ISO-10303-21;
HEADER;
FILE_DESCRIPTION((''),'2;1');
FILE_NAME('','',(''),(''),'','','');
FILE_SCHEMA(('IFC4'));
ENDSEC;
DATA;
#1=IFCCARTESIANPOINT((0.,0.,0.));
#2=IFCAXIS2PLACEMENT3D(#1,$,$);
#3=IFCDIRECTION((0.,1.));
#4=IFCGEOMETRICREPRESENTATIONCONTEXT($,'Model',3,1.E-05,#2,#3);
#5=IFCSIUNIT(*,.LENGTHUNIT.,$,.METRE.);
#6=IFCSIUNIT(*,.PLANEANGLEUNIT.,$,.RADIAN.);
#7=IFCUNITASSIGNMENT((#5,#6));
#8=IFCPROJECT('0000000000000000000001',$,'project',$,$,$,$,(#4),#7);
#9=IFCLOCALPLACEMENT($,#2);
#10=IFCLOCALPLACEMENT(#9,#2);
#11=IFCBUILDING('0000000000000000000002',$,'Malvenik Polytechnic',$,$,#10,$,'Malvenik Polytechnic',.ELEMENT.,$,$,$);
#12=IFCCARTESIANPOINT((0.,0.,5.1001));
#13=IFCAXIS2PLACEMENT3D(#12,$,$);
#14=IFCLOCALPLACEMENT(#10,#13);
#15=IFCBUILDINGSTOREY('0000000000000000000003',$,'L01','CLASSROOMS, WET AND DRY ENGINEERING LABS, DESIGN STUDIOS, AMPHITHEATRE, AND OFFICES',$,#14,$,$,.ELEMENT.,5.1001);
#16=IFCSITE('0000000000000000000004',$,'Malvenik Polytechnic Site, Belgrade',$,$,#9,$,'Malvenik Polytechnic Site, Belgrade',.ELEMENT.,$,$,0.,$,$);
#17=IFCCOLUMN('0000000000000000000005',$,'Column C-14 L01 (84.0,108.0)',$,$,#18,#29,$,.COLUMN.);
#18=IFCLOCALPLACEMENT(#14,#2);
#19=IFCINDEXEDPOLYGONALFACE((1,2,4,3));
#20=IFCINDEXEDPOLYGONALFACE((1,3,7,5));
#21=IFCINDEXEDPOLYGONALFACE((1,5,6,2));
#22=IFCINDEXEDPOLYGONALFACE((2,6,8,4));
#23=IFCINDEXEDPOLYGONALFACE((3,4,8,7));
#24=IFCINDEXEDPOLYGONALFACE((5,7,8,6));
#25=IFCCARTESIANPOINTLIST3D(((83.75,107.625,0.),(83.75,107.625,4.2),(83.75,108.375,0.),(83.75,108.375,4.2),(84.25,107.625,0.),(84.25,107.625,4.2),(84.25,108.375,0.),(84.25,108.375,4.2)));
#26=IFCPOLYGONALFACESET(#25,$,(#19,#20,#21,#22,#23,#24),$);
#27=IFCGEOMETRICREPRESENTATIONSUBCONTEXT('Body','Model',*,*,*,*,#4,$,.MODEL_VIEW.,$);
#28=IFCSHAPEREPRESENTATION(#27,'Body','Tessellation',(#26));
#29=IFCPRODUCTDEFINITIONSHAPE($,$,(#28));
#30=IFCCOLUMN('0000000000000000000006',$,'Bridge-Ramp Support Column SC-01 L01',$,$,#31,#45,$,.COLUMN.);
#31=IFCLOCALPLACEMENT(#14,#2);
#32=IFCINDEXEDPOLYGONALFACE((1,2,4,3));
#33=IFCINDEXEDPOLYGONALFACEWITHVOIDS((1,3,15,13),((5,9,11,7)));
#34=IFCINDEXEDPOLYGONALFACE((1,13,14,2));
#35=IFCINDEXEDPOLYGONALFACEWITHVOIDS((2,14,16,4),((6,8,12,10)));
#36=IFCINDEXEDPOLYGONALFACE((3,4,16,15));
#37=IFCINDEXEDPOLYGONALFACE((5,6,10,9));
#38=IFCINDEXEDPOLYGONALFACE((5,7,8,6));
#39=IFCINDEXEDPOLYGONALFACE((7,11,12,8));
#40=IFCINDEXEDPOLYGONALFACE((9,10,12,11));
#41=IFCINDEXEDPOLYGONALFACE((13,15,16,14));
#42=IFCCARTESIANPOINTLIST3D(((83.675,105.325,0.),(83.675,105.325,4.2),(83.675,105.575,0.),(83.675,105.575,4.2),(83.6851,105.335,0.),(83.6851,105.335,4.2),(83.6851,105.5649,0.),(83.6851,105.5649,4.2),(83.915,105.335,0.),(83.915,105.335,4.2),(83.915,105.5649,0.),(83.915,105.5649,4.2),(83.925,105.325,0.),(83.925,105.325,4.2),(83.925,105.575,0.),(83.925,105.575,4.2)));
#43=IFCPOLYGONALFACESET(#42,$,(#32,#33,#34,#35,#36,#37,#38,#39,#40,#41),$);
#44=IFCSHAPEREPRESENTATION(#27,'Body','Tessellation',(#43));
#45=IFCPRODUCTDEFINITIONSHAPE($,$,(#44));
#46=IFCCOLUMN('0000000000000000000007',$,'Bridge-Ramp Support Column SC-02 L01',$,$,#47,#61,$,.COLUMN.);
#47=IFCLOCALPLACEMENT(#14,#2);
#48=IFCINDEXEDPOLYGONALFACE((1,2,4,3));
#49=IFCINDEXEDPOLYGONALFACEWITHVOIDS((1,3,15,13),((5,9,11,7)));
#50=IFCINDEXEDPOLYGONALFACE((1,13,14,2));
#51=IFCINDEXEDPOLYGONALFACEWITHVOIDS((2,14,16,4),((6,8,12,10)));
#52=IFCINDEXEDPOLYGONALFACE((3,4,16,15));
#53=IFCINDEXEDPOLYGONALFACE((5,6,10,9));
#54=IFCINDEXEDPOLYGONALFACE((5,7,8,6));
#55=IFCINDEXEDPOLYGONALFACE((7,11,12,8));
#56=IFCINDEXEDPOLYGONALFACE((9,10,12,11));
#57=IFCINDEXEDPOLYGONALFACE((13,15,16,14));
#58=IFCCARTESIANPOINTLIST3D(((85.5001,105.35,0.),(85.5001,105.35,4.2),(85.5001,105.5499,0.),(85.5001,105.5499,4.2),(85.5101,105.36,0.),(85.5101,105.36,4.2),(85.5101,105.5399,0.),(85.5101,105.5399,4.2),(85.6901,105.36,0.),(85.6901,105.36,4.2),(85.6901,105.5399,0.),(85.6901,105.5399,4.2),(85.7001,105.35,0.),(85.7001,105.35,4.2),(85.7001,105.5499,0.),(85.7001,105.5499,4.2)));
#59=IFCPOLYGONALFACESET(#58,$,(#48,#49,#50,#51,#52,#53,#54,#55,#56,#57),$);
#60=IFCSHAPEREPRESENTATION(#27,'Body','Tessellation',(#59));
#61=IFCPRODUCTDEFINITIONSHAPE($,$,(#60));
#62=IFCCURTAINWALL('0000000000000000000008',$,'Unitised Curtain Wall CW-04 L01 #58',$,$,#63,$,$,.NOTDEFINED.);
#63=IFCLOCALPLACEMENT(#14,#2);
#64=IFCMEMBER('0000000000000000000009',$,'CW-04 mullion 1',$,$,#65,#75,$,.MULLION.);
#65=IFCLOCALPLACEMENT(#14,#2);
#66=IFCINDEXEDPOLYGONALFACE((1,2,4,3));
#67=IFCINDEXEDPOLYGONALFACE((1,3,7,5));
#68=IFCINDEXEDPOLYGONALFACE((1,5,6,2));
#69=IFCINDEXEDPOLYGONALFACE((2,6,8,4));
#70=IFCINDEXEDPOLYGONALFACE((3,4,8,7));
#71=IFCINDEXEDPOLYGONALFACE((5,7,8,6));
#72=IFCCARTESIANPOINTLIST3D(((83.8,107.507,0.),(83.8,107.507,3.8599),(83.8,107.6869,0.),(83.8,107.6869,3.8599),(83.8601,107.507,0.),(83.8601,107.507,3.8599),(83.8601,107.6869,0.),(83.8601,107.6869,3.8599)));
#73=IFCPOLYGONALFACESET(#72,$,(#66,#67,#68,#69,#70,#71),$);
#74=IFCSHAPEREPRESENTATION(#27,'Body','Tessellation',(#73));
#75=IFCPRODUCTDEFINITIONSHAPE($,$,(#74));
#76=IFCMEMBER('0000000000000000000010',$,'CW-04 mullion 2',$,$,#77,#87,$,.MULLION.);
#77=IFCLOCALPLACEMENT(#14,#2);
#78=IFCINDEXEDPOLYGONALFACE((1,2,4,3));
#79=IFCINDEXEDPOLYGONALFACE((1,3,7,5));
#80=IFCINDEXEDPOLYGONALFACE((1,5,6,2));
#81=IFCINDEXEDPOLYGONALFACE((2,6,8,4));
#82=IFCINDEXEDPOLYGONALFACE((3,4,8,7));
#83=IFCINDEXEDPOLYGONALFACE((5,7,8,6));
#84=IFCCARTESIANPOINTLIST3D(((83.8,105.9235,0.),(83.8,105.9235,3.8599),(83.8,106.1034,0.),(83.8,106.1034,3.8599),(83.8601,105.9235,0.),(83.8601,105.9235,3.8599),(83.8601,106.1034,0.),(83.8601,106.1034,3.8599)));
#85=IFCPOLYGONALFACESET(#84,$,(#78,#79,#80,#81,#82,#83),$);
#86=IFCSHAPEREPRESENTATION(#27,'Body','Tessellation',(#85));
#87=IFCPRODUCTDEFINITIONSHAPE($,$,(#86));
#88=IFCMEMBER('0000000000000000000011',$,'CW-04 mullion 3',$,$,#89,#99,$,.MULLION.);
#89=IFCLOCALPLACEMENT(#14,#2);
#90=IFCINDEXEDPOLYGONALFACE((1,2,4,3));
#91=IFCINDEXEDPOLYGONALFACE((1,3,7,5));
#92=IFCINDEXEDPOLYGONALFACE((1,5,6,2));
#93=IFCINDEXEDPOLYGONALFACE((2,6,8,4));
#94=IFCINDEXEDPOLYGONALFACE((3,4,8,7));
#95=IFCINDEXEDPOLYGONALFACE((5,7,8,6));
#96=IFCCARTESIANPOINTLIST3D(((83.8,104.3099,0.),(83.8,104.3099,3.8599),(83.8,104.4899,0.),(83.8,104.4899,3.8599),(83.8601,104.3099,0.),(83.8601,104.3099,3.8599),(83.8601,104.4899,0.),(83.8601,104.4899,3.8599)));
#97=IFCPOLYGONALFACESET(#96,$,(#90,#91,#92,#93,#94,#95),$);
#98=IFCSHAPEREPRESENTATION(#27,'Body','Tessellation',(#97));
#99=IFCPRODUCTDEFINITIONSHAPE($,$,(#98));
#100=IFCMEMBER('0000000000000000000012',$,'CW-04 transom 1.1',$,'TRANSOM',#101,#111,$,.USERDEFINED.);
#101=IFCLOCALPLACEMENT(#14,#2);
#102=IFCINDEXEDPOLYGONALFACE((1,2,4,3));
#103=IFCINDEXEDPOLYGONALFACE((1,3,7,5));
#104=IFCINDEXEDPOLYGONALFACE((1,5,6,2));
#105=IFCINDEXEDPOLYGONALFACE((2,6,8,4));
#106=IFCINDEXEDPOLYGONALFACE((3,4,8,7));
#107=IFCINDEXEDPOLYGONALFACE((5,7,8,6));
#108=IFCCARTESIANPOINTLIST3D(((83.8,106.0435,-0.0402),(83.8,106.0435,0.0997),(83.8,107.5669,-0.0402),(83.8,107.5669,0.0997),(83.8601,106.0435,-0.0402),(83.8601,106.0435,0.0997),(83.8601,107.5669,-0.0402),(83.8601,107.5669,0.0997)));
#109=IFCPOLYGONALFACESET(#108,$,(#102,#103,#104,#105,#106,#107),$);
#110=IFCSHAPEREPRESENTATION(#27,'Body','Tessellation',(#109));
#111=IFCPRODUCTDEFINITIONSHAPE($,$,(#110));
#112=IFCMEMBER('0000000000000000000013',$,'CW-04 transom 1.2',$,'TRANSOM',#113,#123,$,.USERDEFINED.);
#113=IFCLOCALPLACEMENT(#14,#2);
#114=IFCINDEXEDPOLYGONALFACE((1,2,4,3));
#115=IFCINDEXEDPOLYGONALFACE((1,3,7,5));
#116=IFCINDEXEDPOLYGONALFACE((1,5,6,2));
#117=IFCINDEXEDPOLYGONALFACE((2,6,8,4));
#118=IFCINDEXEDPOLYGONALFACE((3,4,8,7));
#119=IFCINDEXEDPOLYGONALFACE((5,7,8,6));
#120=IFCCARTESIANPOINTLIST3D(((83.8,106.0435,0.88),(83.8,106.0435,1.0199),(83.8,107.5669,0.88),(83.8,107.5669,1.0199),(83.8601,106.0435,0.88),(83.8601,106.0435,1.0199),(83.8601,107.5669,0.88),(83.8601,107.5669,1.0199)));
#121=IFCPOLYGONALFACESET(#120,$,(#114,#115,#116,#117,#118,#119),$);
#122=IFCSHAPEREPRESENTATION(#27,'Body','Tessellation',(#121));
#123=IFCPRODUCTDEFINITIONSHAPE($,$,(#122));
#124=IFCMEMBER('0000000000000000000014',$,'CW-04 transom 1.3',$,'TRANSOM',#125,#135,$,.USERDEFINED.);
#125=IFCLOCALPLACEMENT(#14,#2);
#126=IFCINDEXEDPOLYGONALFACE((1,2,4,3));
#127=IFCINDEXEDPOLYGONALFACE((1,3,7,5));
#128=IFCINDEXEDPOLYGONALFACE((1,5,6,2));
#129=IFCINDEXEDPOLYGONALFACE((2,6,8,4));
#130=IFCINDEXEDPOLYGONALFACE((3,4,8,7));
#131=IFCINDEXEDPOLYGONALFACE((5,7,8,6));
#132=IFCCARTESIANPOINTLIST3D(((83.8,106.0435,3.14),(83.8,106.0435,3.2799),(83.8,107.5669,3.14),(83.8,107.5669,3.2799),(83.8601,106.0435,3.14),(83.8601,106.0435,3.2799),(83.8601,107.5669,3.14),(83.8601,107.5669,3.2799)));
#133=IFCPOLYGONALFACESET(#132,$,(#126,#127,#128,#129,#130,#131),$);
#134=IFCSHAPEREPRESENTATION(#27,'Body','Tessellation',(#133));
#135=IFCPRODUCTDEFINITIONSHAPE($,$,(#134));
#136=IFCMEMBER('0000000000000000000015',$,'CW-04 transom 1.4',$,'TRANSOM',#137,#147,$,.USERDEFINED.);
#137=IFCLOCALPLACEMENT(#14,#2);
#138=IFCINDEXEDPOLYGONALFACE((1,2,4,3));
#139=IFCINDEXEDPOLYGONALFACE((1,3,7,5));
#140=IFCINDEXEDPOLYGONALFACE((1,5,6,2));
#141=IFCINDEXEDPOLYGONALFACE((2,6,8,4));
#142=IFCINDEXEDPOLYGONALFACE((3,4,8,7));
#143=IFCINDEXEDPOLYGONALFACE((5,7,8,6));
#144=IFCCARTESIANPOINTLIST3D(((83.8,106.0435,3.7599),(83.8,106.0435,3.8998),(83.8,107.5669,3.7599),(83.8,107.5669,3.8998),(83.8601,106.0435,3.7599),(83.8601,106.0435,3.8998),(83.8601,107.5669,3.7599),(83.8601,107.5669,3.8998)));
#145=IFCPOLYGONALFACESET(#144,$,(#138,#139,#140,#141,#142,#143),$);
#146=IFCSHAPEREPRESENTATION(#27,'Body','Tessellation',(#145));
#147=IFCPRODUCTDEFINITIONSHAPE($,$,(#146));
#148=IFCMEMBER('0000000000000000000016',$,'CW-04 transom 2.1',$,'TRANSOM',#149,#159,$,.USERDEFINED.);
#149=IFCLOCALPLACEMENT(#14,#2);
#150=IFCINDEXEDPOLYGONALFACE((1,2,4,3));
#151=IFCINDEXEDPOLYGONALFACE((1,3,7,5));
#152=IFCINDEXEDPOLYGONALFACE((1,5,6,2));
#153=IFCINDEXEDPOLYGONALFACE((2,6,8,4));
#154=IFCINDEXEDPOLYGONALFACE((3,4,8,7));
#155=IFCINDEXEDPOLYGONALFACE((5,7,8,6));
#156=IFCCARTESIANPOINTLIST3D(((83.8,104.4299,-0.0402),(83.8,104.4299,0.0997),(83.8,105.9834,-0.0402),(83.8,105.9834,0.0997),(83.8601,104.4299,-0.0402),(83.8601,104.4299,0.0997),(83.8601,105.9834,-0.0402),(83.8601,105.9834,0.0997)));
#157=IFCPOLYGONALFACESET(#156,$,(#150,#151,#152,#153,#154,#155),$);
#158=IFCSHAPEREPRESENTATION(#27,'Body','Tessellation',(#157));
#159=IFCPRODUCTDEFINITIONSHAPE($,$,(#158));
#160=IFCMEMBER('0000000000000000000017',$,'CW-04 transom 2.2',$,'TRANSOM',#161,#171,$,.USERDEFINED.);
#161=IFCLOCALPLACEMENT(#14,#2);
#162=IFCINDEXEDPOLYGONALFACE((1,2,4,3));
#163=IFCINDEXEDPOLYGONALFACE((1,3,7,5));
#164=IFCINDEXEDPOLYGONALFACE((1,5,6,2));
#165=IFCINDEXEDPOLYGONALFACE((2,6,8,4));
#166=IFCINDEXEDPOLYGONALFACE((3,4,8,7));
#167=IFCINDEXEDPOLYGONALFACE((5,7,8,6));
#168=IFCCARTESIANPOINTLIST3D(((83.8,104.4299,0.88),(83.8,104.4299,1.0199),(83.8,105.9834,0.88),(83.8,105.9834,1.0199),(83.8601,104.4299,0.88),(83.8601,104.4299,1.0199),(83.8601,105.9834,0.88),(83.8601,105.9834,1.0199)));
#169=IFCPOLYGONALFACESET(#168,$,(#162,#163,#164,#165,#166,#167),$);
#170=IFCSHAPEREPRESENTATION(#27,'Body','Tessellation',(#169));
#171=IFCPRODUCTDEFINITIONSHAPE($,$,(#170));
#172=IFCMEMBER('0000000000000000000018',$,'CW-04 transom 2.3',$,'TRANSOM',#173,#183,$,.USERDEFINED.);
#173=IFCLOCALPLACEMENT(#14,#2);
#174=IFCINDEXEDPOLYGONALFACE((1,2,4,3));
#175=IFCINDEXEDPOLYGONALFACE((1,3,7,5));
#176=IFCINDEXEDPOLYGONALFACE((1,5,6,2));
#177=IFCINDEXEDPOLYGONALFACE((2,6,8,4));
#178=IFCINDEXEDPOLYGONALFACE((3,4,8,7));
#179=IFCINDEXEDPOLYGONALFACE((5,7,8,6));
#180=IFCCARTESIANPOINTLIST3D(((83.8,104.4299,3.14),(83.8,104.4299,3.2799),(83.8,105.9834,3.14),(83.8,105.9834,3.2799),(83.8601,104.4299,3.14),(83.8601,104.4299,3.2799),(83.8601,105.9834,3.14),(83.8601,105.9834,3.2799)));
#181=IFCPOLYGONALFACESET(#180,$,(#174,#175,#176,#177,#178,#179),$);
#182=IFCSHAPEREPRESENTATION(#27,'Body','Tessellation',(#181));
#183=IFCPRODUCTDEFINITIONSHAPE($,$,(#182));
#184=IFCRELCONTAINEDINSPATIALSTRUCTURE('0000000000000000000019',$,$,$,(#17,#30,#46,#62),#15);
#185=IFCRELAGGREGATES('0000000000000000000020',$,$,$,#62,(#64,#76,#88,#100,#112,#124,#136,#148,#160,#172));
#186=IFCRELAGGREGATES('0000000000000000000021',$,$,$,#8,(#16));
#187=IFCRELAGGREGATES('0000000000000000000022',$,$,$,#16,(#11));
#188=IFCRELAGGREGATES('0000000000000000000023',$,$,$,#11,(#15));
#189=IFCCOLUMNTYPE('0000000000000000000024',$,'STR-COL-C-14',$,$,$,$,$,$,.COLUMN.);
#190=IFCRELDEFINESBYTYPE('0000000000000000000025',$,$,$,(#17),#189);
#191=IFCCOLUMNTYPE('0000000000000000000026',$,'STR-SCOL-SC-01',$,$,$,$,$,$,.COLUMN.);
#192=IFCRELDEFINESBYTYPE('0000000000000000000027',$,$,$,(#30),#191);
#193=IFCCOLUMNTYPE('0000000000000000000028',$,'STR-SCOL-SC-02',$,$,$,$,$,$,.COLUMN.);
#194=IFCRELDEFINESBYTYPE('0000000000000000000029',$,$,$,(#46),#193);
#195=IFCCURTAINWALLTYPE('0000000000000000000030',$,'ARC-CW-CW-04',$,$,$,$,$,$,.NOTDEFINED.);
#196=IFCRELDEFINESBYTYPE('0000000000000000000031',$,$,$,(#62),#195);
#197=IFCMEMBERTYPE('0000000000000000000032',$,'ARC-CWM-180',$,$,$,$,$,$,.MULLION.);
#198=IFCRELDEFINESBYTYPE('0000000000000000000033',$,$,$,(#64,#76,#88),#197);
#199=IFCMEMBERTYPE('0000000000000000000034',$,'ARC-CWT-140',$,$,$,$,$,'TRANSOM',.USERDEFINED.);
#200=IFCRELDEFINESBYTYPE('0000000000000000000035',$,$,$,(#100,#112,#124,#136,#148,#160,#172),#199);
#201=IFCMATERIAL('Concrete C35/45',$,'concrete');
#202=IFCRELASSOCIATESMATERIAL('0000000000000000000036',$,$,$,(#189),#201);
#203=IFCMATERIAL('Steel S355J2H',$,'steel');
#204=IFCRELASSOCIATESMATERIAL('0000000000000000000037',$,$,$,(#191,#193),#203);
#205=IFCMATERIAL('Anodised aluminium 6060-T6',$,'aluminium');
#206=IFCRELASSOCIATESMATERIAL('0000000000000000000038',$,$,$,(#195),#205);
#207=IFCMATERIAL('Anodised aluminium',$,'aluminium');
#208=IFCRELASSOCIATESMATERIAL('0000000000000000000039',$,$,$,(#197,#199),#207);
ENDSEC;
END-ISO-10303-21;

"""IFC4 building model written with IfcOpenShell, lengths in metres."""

from ifc_helpers import new_model, si_unit, direction, frame, origin, origin_2d, place, context, subcontext, project, spatial, rectangle, hollow_rectangle, extrude, material, material_profile, profile_set, type_object, element, aggregate, save


model = new_model("IFC4")

# Units and contexts
model_context = context("Model", 3, precision=1e-05, world=origin(), true_north=direction((0.0, 1.0)))
body_context = subcontext(model_context, "Body", "Model", "MODEL_VIEW")
ifc_project = project(units=[si_unit("LENGTHUNIT", "METRE"), si_unit("PLANEANGLEUNIT", "RADIAN")], contexts=[model_context])

# Site, building, storey
site_placement = place(None, origin())
site = spatial("IfcSite", under=ifc_project, at=site_placement, Name="Malvenik Polytechnic Site, Belgrade", LongName="Malvenik Polytechnic Site, Belgrade", CompositionType="ELEMENT", RefElevation=0.0)
building_placement = place(site_placement, origin())
building = spatial("IfcBuilding", under=site, at=building_placement, Name="Malvenik Polytechnic", LongName="Malvenik Polytechnic", CompositionType="ELEMENT")
storey_placement = place(building_placement, frame((0.0, 0.0, 5.1001)))
storey = spatial("IfcBuildingStorey", under=building, at=storey_placement, Name="L01", Description="CLASSROOMS, WET AND DRY ENGINEERING LABS, DESIGN STUDIOS, AMPHITHEATRE, AND OFFICES", CompositionType="ELEMENT", Elevation=5.1001)

# Columns
ifc_material_1 = material(Name="Concrete C35/45", Category="concrete")
ifc_material_profile_1 = material_profile(ifc_material_1, rectangle(XDim=0.5, YDim=0.75, at=origin_2d()), Name="RC COL 750x500")
ifc_profile_set_1 = profile_set([ifc_material_profile_1], Name="Concrete C35/45")
column_type_1 = type_object("IfcColumnType", Name="STR-COL-C-14", PredefinedType="COLUMN", material=ifc_profile_set_1)
column_1_placement = place(storey_placement, frame((84.0, 108.0, 0.0), z_axis=(0.0, 0.0, 1.0), x_axis=(1.0, 0.0, 0.0)))
element("IfcColumn", 1, at=column_1_placement, inside=storey, type_object=column_type_1, Name="Column C-14 L01 (84.0,108.0)", PredefinedType="COLUMN", context=body_context, shape_type="SweptSolid", body=[
    extrude(rectangle(XDim=0.5, YDim=0.75, at=origin_2d()), origin(), (0.0, 0.0, 1.0), 4.2),
])
ifc_material_2 = material(Name="Steel S355J2H", Category="steel")
ifc_material_profile_2 = material_profile(ifc_material_2, hollow_rectangle(XDim=0.25, YDim=0.25, WallThickness=0.01, at=origin_2d()), Name="SHS 250x250x10.0")
ifc_profile_set_2 = profile_set([ifc_material_profile_2], Name="Steel S355J2H")
column_type_2 = type_object("IfcColumnType", Name="STR-SCOL-SC-01", PredefinedType="COLUMN", material=ifc_profile_set_2)
column_2_placement = place(storey_placement, frame((83.8, 105.45, 0.0), z_axis=(0.0, 0.0, 1.0), x_axis=(1.0, 0.0, 0.0)))
element("IfcColumn", 2, at=column_2_placement, inside=storey, type_object=column_type_2, Name="Bridge-Ramp Support Column SC-01 L01", PredefinedType="COLUMN", context=body_context, shape_type="SweptSolid", body=[
    extrude(hollow_rectangle(XDim=0.25, YDim=0.25, WallThickness=0.01, at=origin_2d()), origin(), (0.0, 0.0, 1.0), 4.2),
])
ifc_material_profile_3 = material_profile(ifc_material_2, hollow_rectangle(XDim=0.2, YDim=0.2, WallThickness=0.01, at=origin_2d()), Name="SHS 200x200x10.0")
ifc_profile_set_3 = profile_set([ifc_material_profile_3], Name="Steel S355J2H")
column_type_3 = type_object("IfcColumnType", Name="STR-SCOL-SC-02", PredefinedType="COLUMN", material=ifc_profile_set_3)
column_3_placement = place(storey_placement, frame((85.6001, 105.45, 0.0), z_axis=(0.0, 0.0, 1.0), x_axis=(1.0, 0.0, 0.0)))
element("IfcColumn", 3, at=column_3_placement, inside=storey, type_object=column_type_3, Name="Bridge-Ramp Support Column SC-02 L01", PredefinedType="COLUMN", context=body_context, shape_type="SweptSolid", body=[
    extrude(hollow_rectangle(XDim=0.2, YDim=0.2, WallThickness=0.01, at=origin_2d()), origin(), (0.0, 0.0, 1.0), 4.2),
])

# Curtain wall, members
ifc_material_3 = material(Name="Anodised aluminium 6060-T6", Category="aluminium")
curtain_wall_type = type_object("IfcCurtainWallType", Name="ARC-CW-CW-04", PredefinedType="NOTDEFINED", material=ifc_material_3)
curtain_wall_placement = place(storey_placement, origin())
curtain_wall = element("IfcCurtainWall", 4, at=curtain_wall_placement, inside=storey, type_object=curtain_wall_type, Name="Unitised Curtain Wall CW-04 L01 #58", PredefinedType="NOTDEFINED")
ifc_material_4 = material(Name="Anodised aluminium", Category="aluminium")
ifc_material_profile_4 = material_profile(ifc_material_4, rectangle(XDim=0.0601, YDim=0.1799, at=origin_2d()), Name="ALU MULLION 60x180")
ifc_profile_set_4 = profile_set([ifc_material_profile_4], Name="Anodised aluminium")
member_type_1 = type_object("IfcMemberType", Name="ARC-CWM-180", PredefinedType="MULLION", material=ifc_profile_set_4)
member_1_placement = place(storey_placement, frame((83.8301, 107.5969, 0.0), z_axis=(0.0, 0.0, 1.0), x_axis=(1.0, 0.0, 0.0)))
member_1 = element("IfcMember", 5, at=member_1_placement, type_object=member_type_1, Name="CW-04 mullion 1", PredefinedType="MULLION", context=body_context, shape_type="SweptSolid", body=[
    extrude(rectangle(XDim=0.0601, YDim=0.1799, at=origin_2d()), origin(), (0.0, 0.0, 1.0), 3.8599),
])
member_2_placement = place(storey_placement, frame((83.8301, 106.0134, 0.0), z_axis=(0.0, 0.0, 1.0), x_axis=(1.0, 0.0, 0.0)))
member_2 = element("IfcMember", 6, at=member_2_placement, type_object=member_type_1, Name="CW-04 mullion 2", PredefinedType="MULLION", context=body_context, shape_type="SweptSolid", body=[
    extrude(rectangle(XDim=0.0601, YDim=0.1799, at=origin_2d()), origin(), (0.0, 0.0, 1.0), 3.8599),
])
member_3_placement = place(storey_placement, frame((83.8301, 104.3999, 0.0), z_axis=(0.0, 0.0, 1.0), x_axis=(1.0, 0.0, 0.0)))
member_3 = element("IfcMember", 7, at=member_3_placement, type_object=member_type_1, Name="CW-04 mullion 3", PredefinedType="MULLION", context=body_context, shape_type="SweptSolid", body=[
    extrude(rectangle(XDim=0.0601, YDim=0.1799, at=origin_2d()), origin(), (0.0, 0.0, 1.0), 3.8599),
])
ifc_material_profile_5 = material_profile(ifc_material_4, rectangle(XDim=0.0601, YDim=0.1399, at=origin_2d()), Name="ALU TRANSOM 60x140")
ifc_profile_set_5 = profile_set([ifc_material_profile_5], Name="Anodised aluminium")
member_type_2 = type_object("IfcMemberType", Name="ARC-CWT-140", ElementType="TRANSOM", PredefinedType="USERDEFINED", material=ifc_profile_set_5)
member_4_placement = place(storey_placement, frame((83.8301, 107.5669, 0.0298), z_axis=(0.0, -1.0, 0.0), x_axis=(1.0, 0.0, 0.0)))
member_4 = element("IfcMember", 8, at=member_4_placement, type_object=member_type_2, Name="CW-04 transom 1.1", ObjectType="TRANSOM", PredefinedType="USERDEFINED", context=body_context, shape_type="SweptSolid", body=[
    extrude(rectangle(XDim=0.0601, YDim=0.1399, at=origin_2d()), origin(), (0.0, 0.0, 1.0), 1.5234),
])
member_5_placement = place(storey_placement, frame((83.8301, 107.5669, 0.95), z_axis=(0.0, -1.0, 0.0), x_axis=(1.0, 0.0, 0.0)))
member_5 = element("IfcMember", 9, at=member_5_placement, type_object=member_type_2, Name="CW-04 transom 1.2", ObjectType="TRANSOM", PredefinedType="USERDEFINED", context=body_context, shape_type="SweptSolid", body=[
    extrude(rectangle(XDim=0.0601, YDim=0.1399, at=origin_2d()), origin(), (0.0, 0.0, 1.0), 1.5234),
])
member_6_placement = place(storey_placement, frame((83.8301, 107.5669, 3.21), z_axis=(0.0, -1.0, 0.0), x_axis=(1.0, 0.0, 0.0)))
member_6 = element("IfcMember", 10, at=member_6_placement, type_object=member_type_2, Name="CW-04 transom 1.3", ObjectType="TRANSOM", PredefinedType="USERDEFINED", context=body_context, shape_type="SweptSolid", body=[
    extrude(rectangle(XDim=0.0601, YDim=0.1399, at=origin_2d()), origin(), (0.0, 0.0, 1.0), 1.5234),
])
member_7_placement = place(storey_placement, frame((83.8301, 107.5669, 3.8298), z_axis=(0.0, -1.0, 0.0), x_axis=(1.0, 0.0, 0.0)))
member_7 = element("IfcMember", 11, at=member_7_placement, type_object=member_type_2, Name="CW-04 transom 1.4", ObjectType="TRANSOM", PredefinedType="USERDEFINED", context=body_context, shape_type="SweptSolid", body=[
    extrude(rectangle(XDim=0.0601, YDim=0.1399, at=origin_2d()), origin(), (0.0, 0.0, 1.0), 1.5234),
])
member_8_placement = place(storey_placement, frame((83.8301, 105.9834, 0.0298), z_axis=(0.0, -1.0, 0.0), x_axis=(1.0, 0.0, 0.0)))
member_8 = element("IfcMember", 12, at=member_8_placement, type_object=member_type_2, Name="CW-04 transom 2.1", ObjectType="TRANSOM", PredefinedType="USERDEFINED", context=body_context, shape_type="SweptSolid", body=[
    extrude(rectangle(XDim=0.0601, YDim=0.1399, at=origin_2d()), origin(), (0.0, 0.0, 1.0), 1.5535),
])
member_9_placement = place(storey_placement, frame((83.8301, 105.9834, 0.95), z_axis=(0.0, -1.0, 0.0), x_axis=(1.0, 0.0, 0.0)))
member_9 = element("IfcMember", 13, at=member_9_placement, type_object=member_type_2, Name="CW-04 transom 2.2", ObjectType="TRANSOM", PredefinedType="USERDEFINED", context=body_context, shape_type="SweptSolid", body=[
    extrude(rectangle(XDim=0.0601, YDim=0.1399, at=origin_2d()), origin(), (0.0, 0.0, 1.0), 1.5535),
])
member_10_placement = place(storey_placement, frame((83.8301, 105.9834, 3.21), z_axis=(0.0, -1.0, 0.0), x_axis=(1.0, 0.0, 0.0)))
member_10 = element("IfcMember", 14, at=member_10_placement, type_object=member_type_2, Name="CW-04 transom 2.3", ObjectType="TRANSOM", PredefinedType="USERDEFINED", context=body_context, shape_type="SweptSolid", body=[
    extrude(rectangle(XDim=0.0601, YDim=0.1399, at=origin_2d()), origin(), (0.0, 0.0, 1.0), 1.5535),
])
aggregate(curtain_wall, [member_1, member_2, member_3, member_4, member_5, member_6, member_7, member_8, member_9, member_10])

save(model, "model.ifc")
